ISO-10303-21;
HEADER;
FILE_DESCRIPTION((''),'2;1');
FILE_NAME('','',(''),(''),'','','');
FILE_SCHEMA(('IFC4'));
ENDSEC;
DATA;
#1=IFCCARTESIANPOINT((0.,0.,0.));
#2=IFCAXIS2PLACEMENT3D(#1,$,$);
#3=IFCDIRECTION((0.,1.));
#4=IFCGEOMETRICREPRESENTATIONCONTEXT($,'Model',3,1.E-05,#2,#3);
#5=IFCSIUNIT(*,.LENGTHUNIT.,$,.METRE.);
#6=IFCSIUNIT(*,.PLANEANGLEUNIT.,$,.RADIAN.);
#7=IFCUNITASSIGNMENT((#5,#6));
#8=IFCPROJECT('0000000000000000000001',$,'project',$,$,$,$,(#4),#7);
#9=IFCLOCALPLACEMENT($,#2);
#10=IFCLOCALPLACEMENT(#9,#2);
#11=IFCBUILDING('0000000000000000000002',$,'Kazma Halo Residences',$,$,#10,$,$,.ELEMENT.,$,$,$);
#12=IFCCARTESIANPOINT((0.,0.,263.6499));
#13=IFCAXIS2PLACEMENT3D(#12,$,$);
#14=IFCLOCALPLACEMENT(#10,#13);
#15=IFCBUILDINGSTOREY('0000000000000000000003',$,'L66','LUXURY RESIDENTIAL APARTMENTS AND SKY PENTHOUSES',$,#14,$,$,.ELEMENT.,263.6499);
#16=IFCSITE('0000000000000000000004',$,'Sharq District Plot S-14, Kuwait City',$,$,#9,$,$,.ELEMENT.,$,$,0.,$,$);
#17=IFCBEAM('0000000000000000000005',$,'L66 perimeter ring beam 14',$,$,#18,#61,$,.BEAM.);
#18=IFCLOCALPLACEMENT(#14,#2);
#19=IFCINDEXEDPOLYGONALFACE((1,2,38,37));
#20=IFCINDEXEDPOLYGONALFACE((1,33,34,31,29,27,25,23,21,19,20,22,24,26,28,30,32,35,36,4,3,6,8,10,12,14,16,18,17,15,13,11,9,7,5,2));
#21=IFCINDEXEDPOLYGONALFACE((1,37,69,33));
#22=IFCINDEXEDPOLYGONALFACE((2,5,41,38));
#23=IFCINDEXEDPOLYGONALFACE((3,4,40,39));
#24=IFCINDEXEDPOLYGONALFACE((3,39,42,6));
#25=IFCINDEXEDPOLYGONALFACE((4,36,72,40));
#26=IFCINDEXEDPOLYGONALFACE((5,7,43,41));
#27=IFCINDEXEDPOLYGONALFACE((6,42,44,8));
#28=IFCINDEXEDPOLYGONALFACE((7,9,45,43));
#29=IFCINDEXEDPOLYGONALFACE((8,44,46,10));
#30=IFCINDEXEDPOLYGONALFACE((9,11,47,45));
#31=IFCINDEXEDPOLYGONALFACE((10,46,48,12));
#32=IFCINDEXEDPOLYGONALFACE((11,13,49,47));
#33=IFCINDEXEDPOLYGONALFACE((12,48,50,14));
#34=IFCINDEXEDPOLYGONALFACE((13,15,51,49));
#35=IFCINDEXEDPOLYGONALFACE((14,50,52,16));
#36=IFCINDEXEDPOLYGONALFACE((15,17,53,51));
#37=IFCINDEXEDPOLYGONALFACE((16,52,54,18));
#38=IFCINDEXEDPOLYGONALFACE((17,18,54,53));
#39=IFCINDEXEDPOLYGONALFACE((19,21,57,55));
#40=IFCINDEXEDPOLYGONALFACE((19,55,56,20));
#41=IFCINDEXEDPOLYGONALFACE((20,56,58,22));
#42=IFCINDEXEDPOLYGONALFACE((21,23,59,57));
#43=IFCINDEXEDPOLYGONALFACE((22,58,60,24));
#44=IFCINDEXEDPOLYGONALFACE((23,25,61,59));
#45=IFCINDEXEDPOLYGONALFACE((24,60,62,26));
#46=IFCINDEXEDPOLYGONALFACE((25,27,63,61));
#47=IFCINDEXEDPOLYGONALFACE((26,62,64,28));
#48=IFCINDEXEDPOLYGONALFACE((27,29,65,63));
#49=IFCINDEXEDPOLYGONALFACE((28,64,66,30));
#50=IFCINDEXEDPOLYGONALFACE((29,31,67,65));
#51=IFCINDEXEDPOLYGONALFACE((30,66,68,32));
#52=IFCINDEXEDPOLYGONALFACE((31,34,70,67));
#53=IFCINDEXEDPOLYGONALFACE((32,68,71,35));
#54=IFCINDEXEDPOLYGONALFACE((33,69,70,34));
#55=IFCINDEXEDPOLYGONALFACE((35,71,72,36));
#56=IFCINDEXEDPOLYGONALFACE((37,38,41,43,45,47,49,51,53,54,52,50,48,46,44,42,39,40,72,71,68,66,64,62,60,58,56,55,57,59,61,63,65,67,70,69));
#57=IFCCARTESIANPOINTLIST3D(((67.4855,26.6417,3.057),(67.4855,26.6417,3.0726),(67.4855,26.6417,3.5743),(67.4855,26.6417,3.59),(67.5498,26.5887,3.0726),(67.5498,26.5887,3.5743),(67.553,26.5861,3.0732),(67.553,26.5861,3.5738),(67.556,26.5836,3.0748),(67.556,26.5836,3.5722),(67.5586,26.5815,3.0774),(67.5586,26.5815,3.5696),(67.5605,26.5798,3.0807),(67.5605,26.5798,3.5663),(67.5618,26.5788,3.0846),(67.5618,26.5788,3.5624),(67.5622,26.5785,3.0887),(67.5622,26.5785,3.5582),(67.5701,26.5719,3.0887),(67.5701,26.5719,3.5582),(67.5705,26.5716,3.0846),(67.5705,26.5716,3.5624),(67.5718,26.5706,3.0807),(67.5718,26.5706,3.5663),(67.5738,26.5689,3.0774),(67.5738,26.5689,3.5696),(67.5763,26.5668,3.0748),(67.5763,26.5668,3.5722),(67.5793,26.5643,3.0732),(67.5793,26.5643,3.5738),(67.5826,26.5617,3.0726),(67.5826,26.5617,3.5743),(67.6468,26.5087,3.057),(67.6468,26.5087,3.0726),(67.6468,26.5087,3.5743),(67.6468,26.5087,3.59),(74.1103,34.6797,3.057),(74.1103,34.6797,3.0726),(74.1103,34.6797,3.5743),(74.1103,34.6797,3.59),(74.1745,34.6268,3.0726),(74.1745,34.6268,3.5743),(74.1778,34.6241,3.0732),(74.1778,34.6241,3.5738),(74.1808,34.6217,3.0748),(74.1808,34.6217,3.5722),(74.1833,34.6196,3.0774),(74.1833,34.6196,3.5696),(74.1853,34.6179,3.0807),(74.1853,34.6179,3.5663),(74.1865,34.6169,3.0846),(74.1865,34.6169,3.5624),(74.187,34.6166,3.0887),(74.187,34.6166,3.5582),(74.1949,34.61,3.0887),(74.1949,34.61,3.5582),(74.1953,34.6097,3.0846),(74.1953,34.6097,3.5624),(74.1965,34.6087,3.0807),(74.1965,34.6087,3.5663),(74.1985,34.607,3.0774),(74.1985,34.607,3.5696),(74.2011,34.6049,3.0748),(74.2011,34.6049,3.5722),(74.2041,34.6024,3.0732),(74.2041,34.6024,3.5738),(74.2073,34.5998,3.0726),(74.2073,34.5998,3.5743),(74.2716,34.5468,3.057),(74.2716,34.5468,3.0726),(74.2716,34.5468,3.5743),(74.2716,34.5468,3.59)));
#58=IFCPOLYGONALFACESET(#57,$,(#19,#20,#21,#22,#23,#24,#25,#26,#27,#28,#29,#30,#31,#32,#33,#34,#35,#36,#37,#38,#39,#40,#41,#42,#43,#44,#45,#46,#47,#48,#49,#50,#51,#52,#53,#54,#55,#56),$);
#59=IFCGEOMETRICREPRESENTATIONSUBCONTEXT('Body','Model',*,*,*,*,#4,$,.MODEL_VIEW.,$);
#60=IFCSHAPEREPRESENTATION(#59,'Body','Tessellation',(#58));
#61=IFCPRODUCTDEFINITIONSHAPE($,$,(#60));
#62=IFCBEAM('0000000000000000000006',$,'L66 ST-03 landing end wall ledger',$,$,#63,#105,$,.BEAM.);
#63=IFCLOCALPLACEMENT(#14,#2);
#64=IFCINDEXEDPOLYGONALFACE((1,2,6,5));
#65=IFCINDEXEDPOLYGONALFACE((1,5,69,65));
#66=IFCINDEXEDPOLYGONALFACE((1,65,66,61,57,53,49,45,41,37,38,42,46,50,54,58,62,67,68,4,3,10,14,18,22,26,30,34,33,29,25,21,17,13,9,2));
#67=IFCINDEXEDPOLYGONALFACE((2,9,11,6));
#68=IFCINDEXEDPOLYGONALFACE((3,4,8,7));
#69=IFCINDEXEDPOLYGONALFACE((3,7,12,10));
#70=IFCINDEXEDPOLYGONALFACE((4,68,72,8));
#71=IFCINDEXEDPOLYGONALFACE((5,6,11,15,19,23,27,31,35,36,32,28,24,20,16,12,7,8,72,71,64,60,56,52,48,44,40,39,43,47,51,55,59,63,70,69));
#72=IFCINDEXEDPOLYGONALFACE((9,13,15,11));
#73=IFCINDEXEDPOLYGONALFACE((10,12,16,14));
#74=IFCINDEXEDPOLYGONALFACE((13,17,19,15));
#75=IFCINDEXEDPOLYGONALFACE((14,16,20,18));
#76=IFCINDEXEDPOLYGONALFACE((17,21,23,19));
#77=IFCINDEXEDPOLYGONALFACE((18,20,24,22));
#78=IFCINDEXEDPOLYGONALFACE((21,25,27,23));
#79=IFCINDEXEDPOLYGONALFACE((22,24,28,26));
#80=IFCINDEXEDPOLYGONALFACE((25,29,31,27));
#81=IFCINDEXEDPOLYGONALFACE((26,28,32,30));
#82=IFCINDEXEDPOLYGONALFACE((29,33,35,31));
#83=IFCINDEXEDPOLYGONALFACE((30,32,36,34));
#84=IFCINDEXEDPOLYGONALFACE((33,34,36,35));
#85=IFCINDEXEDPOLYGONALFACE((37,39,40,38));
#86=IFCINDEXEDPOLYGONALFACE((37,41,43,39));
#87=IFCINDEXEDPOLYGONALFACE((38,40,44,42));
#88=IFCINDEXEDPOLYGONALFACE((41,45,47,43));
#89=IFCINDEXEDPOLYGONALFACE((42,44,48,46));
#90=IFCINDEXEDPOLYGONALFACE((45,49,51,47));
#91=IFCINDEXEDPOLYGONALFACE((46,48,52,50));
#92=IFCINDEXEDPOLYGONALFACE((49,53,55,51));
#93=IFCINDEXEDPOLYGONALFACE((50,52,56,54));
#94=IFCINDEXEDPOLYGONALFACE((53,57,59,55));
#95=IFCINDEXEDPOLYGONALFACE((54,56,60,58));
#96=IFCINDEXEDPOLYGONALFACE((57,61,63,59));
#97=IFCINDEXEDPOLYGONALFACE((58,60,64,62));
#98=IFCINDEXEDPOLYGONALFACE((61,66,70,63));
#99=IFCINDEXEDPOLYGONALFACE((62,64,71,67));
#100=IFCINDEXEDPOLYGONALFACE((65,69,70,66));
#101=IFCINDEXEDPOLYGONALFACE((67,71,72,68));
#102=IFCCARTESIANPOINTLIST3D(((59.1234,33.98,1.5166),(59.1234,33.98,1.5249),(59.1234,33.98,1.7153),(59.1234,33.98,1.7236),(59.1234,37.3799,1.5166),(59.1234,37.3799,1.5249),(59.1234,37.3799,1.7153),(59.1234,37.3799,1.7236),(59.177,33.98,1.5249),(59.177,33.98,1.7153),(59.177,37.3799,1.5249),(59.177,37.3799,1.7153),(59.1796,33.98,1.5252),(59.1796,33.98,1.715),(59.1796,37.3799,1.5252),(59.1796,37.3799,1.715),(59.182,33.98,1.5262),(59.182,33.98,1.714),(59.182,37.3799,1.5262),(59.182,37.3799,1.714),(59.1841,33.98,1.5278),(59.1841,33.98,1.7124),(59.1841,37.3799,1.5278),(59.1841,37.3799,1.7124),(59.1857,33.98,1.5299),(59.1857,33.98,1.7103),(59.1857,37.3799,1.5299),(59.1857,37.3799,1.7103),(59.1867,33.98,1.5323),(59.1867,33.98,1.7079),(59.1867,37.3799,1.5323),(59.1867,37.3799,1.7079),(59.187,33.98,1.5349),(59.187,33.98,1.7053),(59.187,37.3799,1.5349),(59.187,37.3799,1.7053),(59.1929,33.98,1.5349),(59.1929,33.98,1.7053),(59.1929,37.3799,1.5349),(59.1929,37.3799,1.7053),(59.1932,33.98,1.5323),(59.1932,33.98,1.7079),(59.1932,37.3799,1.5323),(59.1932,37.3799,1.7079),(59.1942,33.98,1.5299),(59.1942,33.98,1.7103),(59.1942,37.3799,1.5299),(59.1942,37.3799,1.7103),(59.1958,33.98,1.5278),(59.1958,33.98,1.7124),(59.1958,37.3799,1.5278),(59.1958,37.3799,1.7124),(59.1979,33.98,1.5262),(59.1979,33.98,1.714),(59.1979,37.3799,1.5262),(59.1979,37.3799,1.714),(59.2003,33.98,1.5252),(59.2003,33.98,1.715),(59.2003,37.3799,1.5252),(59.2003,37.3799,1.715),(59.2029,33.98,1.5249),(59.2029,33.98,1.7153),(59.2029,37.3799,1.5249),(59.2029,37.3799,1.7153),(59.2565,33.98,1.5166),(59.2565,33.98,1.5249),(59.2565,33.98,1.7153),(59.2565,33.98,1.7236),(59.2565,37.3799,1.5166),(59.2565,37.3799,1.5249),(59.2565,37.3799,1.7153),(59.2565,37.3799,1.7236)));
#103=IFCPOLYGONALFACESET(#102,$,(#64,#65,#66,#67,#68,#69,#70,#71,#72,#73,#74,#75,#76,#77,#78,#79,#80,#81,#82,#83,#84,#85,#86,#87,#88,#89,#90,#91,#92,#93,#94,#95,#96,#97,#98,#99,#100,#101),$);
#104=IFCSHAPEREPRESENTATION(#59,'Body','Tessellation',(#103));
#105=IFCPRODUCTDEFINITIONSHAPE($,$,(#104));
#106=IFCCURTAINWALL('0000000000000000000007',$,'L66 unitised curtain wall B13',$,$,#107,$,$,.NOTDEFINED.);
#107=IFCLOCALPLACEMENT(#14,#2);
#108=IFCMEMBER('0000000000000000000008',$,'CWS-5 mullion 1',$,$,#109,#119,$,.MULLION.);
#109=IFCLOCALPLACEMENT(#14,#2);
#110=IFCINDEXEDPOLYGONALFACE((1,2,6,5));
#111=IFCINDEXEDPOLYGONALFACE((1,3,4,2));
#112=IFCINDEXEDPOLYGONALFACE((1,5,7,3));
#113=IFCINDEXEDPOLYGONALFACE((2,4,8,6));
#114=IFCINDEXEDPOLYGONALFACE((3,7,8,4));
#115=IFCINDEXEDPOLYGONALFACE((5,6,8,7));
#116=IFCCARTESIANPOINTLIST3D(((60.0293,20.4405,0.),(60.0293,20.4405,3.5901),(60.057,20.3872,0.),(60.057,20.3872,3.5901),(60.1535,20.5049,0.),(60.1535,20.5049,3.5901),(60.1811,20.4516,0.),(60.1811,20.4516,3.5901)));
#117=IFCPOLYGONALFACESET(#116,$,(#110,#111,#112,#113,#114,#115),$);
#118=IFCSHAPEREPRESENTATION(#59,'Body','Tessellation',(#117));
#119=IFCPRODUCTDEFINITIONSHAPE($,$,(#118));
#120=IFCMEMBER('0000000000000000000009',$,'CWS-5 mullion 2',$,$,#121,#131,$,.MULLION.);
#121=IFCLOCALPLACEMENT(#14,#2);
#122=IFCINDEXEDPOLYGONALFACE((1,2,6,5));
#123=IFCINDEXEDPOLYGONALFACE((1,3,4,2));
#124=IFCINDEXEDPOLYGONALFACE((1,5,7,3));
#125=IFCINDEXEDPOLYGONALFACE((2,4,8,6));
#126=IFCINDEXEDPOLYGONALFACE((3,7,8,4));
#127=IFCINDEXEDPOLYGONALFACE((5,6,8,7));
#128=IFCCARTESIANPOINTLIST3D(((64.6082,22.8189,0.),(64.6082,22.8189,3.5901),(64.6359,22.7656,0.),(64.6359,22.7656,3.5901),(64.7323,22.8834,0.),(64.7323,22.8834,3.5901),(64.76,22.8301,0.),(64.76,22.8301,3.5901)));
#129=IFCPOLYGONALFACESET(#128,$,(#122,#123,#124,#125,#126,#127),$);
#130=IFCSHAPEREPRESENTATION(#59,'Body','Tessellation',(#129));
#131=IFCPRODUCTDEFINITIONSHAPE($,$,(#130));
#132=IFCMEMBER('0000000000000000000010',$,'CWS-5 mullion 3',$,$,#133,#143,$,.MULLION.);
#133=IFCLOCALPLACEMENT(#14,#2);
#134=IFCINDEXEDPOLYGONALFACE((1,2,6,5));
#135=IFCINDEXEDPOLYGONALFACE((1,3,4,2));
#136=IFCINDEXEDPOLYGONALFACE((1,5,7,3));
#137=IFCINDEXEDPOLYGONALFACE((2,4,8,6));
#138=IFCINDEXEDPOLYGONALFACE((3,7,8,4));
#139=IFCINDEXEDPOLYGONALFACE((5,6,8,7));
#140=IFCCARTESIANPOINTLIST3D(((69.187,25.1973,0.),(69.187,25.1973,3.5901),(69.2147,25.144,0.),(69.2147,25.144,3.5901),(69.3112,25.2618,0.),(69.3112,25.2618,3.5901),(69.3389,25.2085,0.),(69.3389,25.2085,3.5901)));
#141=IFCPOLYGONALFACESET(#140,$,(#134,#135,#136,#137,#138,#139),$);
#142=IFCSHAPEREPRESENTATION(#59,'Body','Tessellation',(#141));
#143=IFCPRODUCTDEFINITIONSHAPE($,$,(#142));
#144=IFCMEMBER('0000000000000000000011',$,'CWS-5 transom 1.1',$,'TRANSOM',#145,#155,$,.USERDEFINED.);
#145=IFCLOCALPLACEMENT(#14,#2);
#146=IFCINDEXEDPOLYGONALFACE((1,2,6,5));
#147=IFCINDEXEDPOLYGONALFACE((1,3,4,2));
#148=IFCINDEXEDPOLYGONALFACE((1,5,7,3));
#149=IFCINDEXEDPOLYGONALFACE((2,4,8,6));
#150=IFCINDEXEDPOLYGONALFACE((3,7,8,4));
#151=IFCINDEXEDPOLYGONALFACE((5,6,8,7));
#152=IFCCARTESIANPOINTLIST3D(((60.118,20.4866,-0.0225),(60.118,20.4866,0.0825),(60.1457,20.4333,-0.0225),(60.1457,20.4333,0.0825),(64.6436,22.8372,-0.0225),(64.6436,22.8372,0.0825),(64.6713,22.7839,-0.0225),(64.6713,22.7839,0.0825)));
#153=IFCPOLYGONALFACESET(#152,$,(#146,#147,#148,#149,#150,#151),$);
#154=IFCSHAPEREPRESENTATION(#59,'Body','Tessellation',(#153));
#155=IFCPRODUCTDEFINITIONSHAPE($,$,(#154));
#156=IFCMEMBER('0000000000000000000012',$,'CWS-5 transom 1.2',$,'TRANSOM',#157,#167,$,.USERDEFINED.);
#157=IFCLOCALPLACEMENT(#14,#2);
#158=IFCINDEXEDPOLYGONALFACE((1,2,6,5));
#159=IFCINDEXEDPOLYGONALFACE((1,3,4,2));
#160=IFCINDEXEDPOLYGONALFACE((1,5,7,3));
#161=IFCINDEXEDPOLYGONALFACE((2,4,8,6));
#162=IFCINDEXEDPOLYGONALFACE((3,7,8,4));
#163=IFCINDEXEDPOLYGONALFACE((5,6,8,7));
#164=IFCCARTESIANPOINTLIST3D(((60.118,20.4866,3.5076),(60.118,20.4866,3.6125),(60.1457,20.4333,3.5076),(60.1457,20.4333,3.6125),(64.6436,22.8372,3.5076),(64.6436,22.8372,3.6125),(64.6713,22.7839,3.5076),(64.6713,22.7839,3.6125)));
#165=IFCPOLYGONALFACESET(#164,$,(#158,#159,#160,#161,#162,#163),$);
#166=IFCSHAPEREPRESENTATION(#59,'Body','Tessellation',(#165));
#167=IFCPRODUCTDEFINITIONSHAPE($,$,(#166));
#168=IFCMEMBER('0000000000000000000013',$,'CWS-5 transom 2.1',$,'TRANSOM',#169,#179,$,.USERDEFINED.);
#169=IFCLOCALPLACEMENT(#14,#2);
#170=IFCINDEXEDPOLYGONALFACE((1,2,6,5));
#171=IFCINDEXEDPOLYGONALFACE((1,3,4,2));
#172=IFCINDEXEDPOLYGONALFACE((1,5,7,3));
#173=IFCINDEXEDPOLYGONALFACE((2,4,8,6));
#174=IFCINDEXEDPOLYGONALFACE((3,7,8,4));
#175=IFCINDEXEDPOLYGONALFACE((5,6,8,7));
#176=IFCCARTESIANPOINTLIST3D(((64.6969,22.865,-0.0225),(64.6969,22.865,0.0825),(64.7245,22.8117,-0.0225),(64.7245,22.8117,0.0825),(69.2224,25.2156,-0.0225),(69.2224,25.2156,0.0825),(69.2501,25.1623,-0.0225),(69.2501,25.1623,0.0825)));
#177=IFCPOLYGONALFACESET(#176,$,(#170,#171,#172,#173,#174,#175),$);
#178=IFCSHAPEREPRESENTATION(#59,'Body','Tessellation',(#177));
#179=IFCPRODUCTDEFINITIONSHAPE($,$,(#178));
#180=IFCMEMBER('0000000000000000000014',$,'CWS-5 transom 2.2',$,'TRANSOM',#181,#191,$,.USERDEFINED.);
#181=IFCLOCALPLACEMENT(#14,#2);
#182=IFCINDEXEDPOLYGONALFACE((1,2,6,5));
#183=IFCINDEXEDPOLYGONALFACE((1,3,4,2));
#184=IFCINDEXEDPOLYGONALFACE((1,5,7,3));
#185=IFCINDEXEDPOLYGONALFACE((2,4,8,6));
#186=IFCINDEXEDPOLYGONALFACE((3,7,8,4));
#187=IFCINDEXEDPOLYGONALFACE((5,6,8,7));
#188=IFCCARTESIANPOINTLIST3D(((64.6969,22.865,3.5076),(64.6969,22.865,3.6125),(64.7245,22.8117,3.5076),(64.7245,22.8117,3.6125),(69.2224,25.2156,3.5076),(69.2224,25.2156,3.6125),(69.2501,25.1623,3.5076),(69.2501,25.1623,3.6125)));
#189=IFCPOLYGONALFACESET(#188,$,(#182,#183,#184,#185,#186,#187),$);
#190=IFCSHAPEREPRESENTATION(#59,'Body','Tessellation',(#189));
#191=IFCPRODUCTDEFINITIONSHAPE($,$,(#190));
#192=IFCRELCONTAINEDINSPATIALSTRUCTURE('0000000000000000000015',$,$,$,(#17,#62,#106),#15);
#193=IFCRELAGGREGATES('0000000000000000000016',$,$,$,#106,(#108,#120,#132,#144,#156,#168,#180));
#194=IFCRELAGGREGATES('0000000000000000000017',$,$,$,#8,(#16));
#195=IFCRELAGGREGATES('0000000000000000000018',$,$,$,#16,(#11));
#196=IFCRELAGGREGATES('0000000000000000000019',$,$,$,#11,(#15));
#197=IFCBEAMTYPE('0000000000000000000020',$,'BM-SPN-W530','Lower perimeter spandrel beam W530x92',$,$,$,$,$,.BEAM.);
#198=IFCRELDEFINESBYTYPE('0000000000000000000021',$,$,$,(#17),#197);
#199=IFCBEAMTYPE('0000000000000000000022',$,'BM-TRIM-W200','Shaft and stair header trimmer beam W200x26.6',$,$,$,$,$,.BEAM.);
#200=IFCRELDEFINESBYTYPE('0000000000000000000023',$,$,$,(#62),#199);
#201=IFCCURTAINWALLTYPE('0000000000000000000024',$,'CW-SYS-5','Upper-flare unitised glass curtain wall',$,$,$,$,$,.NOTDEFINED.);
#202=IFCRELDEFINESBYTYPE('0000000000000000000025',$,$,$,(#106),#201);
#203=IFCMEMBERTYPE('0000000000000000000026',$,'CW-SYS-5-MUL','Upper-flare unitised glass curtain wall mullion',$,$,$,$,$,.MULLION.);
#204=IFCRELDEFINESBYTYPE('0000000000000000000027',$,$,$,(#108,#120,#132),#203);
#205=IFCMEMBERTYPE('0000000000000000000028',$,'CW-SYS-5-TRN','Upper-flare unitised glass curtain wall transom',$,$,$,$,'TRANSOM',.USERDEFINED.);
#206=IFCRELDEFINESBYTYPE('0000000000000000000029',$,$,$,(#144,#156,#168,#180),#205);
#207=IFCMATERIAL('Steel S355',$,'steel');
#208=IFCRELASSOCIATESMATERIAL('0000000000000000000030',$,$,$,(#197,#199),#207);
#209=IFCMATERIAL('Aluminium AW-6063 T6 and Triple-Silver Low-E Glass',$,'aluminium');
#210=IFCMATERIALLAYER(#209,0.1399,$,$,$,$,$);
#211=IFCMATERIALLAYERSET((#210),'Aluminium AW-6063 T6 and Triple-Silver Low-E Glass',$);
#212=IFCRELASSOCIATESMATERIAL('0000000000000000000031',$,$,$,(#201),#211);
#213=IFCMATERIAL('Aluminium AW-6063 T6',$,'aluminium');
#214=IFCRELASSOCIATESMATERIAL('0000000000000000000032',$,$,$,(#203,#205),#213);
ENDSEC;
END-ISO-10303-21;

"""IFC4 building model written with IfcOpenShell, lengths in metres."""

from ifc_helpers import new_model, si_unit, direction, frame, origin, origin_2d, place, context, subcontext, project, spatial, rectangle, i_section, extrude, material, layer, layer_set, material_profile, profile_set, type_object, element, aggregate, save


model = new_model("IFC4")

# Units and contexts
model_context = context("Model", 3, precision=1e-05, world=origin(), true_north=direction((0.0, 1.0)))
body_context = subcontext(model_context, "Body", "Model", "MODEL_VIEW")
ifc_project = project(units=[si_unit("LENGTHUNIT", "METRE"), si_unit("PLANEANGLEUNIT", "RADIAN")], contexts=[model_context])

# Site, building, storey
site_placement = place(None, origin())
site = spatial("IfcSite", under=ifc_project, at=site_placement, Name="Sharq District Plot S-14, Kuwait City", CompositionType="ELEMENT", RefElevation=0.0)
building_placement = place(site_placement, origin())
building = spatial("IfcBuilding", under=site, at=building_placement, Name="Kazma Halo Residences", CompositionType="ELEMENT")
storey_placement = place(building_placement, frame((0.0, 0.0, 263.6499)))
storey = spatial("IfcBuildingStorey", under=building, at=storey_placement, Name="L66", Description="LUXURY RESIDENTIAL APARTMENTS AND SKY PENTHOUSES", CompositionType="ELEMENT", Elevation=263.6499)

# Beams
ifc_material_1 = material(Name="Steel S355", Category="steel")
ifc_material_profile_1 = material_profile(ifc_material_1, i_section(OverallWidth=0.209, OverallDepth=0.533, WebThickness=0.0103, FlangeThickness=0.0156, FilletRadius=0.0161, at=origin_2d()), Name="W530x92")
ifc_profile_set_1 = profile_set([ifc_material_profile_1], Name="Steel S355")
beam_type_1 = type_object("IfcBeamType", Name="BM-SPN-W530", Description="Lower perimeter spandrel beam W530x92", PredefinedType="BEAM", material=ifc_profile_set_1)
beam_1_placement = place(storey_placement, frame((67.5662, 26.5752, 3.3235), z_axis=(0.636002, 0.771687, 0.0), x_axis=(-0.771687, 0.636002, 0.0)))
element("IfcBeam", 1, at=beam_1_placement, inside=storey, type_object=beam_type_1, Name="L66 perimeter ring beam 14", PredefinedType="BEAM", context=body_context, shape_type="SweptSolid", body=[
    extrude(i_section(OverallWidth=0.209, OverallDepth=0.533, WebThickness=0.0103, FlangeThickness=0.0156, FilletRadius=0.0161, at=origin_2d()), origin(), (0.0, 0.0, 1.0), 10.4163),
])
ifc_material_profile_2 = material_profile(ifc_material_1, i_section(OverallWidth=0.1331, OverallDepth=0.207, WebThickness=0.0059, FlangeThickness=0.0083, FilletRadius=0.01, at=origin_2d()), Name="W200x26.6")
ifc_profile_set_2 = profile_set([ifc_material_profile_2], Name="Steel S355")
beam_type_2 = type_object("IfcBeamType", Name="BM-TRIM-W200", Description="Shaft and stair header trimmer beam W200x26.6", PredefinedType="BEAM", material=ifc_profile_set_2)
beam_2_placement = place(storey_placement, frame((59.1899, 33.98, 1.6201), z_axis=(0.0, 1.0, 0.0), x_axis=(-1.0, 0.0, 0.0)))
element("IfcBeam", 2, at=beam_2_placement, inside=storey, type_object=beam_type_2, Name="L66 ST-03 landing end wall ledger", PredefinedType="BEAM", context=body_context, shape_type="SweptSolid", body=[
    extrude(i_section(OverallWidth=0.1331, OverallDepth=0.207, WebThickness=0.0059, FlangeThickness=0.0083, FilletRadius=0.01, at=origin_2d()), origin(), (0.0, 0.0, 1.0), 3.3999),
])

# Curtain wall, members
ifc_material_2 = material(Name="Aluminium AW-6063 T6 and Triple-Silver Low-E Glass", Category="aluminium")
ifc_layer_1 = layer(ifc_material_2, 0.1399)
ifc_layer_set_1 = layer_set([ifc_layer_1], Name="Aluminium AW-6063 T6 and Triple-Silver Low-E Glass")
curtain_wall_type = type_object("IfcCurtainWallType", Name="CW-SYS-5", Description="Upper-flare unitised glass curtain wall", PredefinedType="NOTDEFINED", material=ifc_layer_set_1)
curtain_wall_placement = place(storey_placement, origin())
curtain_wall = element("IfcCurtainWall", 3, at=curtain_wall_placement, inside=storey, type_object=curtain_wall_type, Name="L66 unitised curtain wall B13", PredefinedType="NOTDEFINED")
ifc_material_3 = material(Name="Aluminium AW-6063 T6", Category="aluminium")
ifc_material_profile_3 = material_profile(ifc_material_3, rectangle(XDim=0.0601, YDim=0.1399, at=origin_2d()), Name="CWM-60x140")
ifc_profile_set_3 = profile_set([ifc_material_profile_3], Name="Aluminium AW-6063 T6")
member_type_1 = type_object("IfcMemberType", Name="CW-SYS-5-MUL", Description="Upper-flare unitised glass curtain wall mullion", PredefinedType="MULLION", material=ifc_profile_set_3)
member_1_placement = place(storey_placement, frame((60.1052, 20.446, 0.0), z_axis=(0.0, 0.0, 1.0), x_axis=(-0.460961, 0.887421, 0.0)))
member_1 = element("IfcMember", 4, at=member_1_placement, type_object=member_type_1, Name="CWS-5 mullion 1", PredefinedType="MULLION", context=body_context, shape_type="SweptSolid", body=[
    extrude(rectangle(XDim=0.0601, YDim=0.1399, at=origin_2d()), origin(), (0.0, 0.0, 1.0), 3.5901),
])
member_2_placement = place(storey_placement, frame((64.6841, 22.8245, 0.0), z_axis=(0.0, 0.0, 1.0), x_axis=(-0.460961, 0.887421, 0.0)))
member_2 = element("IfcMember", 5, at=member_2_placement, type_object=member_type_1, Name="CWS-5 mullion 2", PredefinedType="MULLION", context=body_context, shape_type="SweptSolid", body=[
    extrude(rectangle(XDim=0.0601, YDim=0.1399, at=origin_2d()), origin(), (0.0, 0.0, 1.0), 3.5901),
])
member_3_placement = place(storey_placement, frame((69.2629, 25.2029, 0.0), z_axis=(0.0, 0.0, 1.0), x_axis=(-0.460961, 0.887421, 0.0)))
member_3 = element("IfcMember", 6, at=member_3_placement, type_object=member_type_1, Name="CWS-5 mullion 3", PredefinedType="MULLION", context=body_context, shape_type="SweptSolid", body=[
    extrude(rectangle(XDim=0.0601, YDim=0.1399, at=origin_2d()), origin(), (0.0, 0.0, 1.0), 3.5901),
])
ifc_material_profile_4 = material_profile(ifc_material_3, rectangle(XDim=0.0601, YDim=0.105, at=origin_2d()), Name="CWT-60x105")
ifc_profile_set_4 = profile_set([ifc_material_profile_4], Name="Aluminium AW-6063 T6")
member_type_2 = type_object("IfcMemberType", Name="CW-SYS-5-TRN", Description="Upper-flare unitised glass curtain wall transom", ElementType="TRANSOM", PredefinedType="USERDEFINED", material=ifc_profile_set_4)
member_4_placement = place(storey_placement, frame((60.1318, 20.46, 0.03), z_axis=(0.887437, 0.460929, 0.0), x_axis=(-0.460929, 0.887437, 0.0)))
member_4 = element("IfcMember", 7, at=member_4_placement, type_object=member_type_2, Name="CWS-5 transom 1.1", ObjectType="TRANSOM", PredefinedType="USERDEFINED", context=body_context, shape_type="SweptSolid", body=[
    extrude(rectangle(XDim=0.0601, YDim=0.105, at=origin_2d()), origin(), (0.0, 0.0, 1.0), 5.0996),
])
member_5_placement = place(storey_placement, frame((60.1318, 20.46, 3.5601), z_axis=(0.887437, 0.460929, 0.0), x_axis=(-0.460929, 0.887437, 0.0)))
member_5 = element("IfcMember", 8, at=member_5_placement, type_object=member_type_2, Name="CWS-5 transom 1.2", ObjectType="TRANSOM", PredefinedType="USERDEFINED", context=body_context, shape_type="SweptSolid", body=[
    extrude(rectangle(XDim=0.0601, YDim=0.105, at=origin_2d()), origin(), (0.0, 0.0, 1.0), 5.0996),
])
member_6_placement = place(storey_placement, frame((64.7107, 22.8384, 0.03), z_axis=(0.887437, 0.460929, 0.0), x_axis=(-0.460929, 0.887437, 0.0)))
member_6 = element("IfcMember", 9, at=member_6_placement, type_object=member_type_2, Name="CWS-5 transom 2.1", ObjectType="TRANSOM", PredefinedType="USERDEFINED", context=body_context, shape_type="SweptSolid", body=[
    extrude(rectangle(XDim=0.0601, YDim=0.105, at=origin_2d()), origin(), (0.0, 0.0, 1.0), 5.0996),
])
member_7_placement = place(storey_placement, frame((64.7107, 22.8384, 3.5601), z_axis=(0.887437, 0.460929, 0.0), x_axis=(-0.460929, 0.887437, 0.0)))
member_7 = element("IfcMember", 10, at=member_7_placement, type_object=member_type_2, Name="CWS-5 transom 2.2", ObjectType="TRANSOM", PredefinedType="USERDEFINED", context=body_context, shape_type="SweptSolid", body=[
    extrude(rectangle(XDim=0.0601, YDim=0.105, at=origin_2d()), origin(), (0.0, 0.0, 1.0), 5.0996),
])
aggregate(curtain_wall, [member_1, member_2, member_3, member_4, member_5, member_6, member_7])

save(model, "model.ifc")
